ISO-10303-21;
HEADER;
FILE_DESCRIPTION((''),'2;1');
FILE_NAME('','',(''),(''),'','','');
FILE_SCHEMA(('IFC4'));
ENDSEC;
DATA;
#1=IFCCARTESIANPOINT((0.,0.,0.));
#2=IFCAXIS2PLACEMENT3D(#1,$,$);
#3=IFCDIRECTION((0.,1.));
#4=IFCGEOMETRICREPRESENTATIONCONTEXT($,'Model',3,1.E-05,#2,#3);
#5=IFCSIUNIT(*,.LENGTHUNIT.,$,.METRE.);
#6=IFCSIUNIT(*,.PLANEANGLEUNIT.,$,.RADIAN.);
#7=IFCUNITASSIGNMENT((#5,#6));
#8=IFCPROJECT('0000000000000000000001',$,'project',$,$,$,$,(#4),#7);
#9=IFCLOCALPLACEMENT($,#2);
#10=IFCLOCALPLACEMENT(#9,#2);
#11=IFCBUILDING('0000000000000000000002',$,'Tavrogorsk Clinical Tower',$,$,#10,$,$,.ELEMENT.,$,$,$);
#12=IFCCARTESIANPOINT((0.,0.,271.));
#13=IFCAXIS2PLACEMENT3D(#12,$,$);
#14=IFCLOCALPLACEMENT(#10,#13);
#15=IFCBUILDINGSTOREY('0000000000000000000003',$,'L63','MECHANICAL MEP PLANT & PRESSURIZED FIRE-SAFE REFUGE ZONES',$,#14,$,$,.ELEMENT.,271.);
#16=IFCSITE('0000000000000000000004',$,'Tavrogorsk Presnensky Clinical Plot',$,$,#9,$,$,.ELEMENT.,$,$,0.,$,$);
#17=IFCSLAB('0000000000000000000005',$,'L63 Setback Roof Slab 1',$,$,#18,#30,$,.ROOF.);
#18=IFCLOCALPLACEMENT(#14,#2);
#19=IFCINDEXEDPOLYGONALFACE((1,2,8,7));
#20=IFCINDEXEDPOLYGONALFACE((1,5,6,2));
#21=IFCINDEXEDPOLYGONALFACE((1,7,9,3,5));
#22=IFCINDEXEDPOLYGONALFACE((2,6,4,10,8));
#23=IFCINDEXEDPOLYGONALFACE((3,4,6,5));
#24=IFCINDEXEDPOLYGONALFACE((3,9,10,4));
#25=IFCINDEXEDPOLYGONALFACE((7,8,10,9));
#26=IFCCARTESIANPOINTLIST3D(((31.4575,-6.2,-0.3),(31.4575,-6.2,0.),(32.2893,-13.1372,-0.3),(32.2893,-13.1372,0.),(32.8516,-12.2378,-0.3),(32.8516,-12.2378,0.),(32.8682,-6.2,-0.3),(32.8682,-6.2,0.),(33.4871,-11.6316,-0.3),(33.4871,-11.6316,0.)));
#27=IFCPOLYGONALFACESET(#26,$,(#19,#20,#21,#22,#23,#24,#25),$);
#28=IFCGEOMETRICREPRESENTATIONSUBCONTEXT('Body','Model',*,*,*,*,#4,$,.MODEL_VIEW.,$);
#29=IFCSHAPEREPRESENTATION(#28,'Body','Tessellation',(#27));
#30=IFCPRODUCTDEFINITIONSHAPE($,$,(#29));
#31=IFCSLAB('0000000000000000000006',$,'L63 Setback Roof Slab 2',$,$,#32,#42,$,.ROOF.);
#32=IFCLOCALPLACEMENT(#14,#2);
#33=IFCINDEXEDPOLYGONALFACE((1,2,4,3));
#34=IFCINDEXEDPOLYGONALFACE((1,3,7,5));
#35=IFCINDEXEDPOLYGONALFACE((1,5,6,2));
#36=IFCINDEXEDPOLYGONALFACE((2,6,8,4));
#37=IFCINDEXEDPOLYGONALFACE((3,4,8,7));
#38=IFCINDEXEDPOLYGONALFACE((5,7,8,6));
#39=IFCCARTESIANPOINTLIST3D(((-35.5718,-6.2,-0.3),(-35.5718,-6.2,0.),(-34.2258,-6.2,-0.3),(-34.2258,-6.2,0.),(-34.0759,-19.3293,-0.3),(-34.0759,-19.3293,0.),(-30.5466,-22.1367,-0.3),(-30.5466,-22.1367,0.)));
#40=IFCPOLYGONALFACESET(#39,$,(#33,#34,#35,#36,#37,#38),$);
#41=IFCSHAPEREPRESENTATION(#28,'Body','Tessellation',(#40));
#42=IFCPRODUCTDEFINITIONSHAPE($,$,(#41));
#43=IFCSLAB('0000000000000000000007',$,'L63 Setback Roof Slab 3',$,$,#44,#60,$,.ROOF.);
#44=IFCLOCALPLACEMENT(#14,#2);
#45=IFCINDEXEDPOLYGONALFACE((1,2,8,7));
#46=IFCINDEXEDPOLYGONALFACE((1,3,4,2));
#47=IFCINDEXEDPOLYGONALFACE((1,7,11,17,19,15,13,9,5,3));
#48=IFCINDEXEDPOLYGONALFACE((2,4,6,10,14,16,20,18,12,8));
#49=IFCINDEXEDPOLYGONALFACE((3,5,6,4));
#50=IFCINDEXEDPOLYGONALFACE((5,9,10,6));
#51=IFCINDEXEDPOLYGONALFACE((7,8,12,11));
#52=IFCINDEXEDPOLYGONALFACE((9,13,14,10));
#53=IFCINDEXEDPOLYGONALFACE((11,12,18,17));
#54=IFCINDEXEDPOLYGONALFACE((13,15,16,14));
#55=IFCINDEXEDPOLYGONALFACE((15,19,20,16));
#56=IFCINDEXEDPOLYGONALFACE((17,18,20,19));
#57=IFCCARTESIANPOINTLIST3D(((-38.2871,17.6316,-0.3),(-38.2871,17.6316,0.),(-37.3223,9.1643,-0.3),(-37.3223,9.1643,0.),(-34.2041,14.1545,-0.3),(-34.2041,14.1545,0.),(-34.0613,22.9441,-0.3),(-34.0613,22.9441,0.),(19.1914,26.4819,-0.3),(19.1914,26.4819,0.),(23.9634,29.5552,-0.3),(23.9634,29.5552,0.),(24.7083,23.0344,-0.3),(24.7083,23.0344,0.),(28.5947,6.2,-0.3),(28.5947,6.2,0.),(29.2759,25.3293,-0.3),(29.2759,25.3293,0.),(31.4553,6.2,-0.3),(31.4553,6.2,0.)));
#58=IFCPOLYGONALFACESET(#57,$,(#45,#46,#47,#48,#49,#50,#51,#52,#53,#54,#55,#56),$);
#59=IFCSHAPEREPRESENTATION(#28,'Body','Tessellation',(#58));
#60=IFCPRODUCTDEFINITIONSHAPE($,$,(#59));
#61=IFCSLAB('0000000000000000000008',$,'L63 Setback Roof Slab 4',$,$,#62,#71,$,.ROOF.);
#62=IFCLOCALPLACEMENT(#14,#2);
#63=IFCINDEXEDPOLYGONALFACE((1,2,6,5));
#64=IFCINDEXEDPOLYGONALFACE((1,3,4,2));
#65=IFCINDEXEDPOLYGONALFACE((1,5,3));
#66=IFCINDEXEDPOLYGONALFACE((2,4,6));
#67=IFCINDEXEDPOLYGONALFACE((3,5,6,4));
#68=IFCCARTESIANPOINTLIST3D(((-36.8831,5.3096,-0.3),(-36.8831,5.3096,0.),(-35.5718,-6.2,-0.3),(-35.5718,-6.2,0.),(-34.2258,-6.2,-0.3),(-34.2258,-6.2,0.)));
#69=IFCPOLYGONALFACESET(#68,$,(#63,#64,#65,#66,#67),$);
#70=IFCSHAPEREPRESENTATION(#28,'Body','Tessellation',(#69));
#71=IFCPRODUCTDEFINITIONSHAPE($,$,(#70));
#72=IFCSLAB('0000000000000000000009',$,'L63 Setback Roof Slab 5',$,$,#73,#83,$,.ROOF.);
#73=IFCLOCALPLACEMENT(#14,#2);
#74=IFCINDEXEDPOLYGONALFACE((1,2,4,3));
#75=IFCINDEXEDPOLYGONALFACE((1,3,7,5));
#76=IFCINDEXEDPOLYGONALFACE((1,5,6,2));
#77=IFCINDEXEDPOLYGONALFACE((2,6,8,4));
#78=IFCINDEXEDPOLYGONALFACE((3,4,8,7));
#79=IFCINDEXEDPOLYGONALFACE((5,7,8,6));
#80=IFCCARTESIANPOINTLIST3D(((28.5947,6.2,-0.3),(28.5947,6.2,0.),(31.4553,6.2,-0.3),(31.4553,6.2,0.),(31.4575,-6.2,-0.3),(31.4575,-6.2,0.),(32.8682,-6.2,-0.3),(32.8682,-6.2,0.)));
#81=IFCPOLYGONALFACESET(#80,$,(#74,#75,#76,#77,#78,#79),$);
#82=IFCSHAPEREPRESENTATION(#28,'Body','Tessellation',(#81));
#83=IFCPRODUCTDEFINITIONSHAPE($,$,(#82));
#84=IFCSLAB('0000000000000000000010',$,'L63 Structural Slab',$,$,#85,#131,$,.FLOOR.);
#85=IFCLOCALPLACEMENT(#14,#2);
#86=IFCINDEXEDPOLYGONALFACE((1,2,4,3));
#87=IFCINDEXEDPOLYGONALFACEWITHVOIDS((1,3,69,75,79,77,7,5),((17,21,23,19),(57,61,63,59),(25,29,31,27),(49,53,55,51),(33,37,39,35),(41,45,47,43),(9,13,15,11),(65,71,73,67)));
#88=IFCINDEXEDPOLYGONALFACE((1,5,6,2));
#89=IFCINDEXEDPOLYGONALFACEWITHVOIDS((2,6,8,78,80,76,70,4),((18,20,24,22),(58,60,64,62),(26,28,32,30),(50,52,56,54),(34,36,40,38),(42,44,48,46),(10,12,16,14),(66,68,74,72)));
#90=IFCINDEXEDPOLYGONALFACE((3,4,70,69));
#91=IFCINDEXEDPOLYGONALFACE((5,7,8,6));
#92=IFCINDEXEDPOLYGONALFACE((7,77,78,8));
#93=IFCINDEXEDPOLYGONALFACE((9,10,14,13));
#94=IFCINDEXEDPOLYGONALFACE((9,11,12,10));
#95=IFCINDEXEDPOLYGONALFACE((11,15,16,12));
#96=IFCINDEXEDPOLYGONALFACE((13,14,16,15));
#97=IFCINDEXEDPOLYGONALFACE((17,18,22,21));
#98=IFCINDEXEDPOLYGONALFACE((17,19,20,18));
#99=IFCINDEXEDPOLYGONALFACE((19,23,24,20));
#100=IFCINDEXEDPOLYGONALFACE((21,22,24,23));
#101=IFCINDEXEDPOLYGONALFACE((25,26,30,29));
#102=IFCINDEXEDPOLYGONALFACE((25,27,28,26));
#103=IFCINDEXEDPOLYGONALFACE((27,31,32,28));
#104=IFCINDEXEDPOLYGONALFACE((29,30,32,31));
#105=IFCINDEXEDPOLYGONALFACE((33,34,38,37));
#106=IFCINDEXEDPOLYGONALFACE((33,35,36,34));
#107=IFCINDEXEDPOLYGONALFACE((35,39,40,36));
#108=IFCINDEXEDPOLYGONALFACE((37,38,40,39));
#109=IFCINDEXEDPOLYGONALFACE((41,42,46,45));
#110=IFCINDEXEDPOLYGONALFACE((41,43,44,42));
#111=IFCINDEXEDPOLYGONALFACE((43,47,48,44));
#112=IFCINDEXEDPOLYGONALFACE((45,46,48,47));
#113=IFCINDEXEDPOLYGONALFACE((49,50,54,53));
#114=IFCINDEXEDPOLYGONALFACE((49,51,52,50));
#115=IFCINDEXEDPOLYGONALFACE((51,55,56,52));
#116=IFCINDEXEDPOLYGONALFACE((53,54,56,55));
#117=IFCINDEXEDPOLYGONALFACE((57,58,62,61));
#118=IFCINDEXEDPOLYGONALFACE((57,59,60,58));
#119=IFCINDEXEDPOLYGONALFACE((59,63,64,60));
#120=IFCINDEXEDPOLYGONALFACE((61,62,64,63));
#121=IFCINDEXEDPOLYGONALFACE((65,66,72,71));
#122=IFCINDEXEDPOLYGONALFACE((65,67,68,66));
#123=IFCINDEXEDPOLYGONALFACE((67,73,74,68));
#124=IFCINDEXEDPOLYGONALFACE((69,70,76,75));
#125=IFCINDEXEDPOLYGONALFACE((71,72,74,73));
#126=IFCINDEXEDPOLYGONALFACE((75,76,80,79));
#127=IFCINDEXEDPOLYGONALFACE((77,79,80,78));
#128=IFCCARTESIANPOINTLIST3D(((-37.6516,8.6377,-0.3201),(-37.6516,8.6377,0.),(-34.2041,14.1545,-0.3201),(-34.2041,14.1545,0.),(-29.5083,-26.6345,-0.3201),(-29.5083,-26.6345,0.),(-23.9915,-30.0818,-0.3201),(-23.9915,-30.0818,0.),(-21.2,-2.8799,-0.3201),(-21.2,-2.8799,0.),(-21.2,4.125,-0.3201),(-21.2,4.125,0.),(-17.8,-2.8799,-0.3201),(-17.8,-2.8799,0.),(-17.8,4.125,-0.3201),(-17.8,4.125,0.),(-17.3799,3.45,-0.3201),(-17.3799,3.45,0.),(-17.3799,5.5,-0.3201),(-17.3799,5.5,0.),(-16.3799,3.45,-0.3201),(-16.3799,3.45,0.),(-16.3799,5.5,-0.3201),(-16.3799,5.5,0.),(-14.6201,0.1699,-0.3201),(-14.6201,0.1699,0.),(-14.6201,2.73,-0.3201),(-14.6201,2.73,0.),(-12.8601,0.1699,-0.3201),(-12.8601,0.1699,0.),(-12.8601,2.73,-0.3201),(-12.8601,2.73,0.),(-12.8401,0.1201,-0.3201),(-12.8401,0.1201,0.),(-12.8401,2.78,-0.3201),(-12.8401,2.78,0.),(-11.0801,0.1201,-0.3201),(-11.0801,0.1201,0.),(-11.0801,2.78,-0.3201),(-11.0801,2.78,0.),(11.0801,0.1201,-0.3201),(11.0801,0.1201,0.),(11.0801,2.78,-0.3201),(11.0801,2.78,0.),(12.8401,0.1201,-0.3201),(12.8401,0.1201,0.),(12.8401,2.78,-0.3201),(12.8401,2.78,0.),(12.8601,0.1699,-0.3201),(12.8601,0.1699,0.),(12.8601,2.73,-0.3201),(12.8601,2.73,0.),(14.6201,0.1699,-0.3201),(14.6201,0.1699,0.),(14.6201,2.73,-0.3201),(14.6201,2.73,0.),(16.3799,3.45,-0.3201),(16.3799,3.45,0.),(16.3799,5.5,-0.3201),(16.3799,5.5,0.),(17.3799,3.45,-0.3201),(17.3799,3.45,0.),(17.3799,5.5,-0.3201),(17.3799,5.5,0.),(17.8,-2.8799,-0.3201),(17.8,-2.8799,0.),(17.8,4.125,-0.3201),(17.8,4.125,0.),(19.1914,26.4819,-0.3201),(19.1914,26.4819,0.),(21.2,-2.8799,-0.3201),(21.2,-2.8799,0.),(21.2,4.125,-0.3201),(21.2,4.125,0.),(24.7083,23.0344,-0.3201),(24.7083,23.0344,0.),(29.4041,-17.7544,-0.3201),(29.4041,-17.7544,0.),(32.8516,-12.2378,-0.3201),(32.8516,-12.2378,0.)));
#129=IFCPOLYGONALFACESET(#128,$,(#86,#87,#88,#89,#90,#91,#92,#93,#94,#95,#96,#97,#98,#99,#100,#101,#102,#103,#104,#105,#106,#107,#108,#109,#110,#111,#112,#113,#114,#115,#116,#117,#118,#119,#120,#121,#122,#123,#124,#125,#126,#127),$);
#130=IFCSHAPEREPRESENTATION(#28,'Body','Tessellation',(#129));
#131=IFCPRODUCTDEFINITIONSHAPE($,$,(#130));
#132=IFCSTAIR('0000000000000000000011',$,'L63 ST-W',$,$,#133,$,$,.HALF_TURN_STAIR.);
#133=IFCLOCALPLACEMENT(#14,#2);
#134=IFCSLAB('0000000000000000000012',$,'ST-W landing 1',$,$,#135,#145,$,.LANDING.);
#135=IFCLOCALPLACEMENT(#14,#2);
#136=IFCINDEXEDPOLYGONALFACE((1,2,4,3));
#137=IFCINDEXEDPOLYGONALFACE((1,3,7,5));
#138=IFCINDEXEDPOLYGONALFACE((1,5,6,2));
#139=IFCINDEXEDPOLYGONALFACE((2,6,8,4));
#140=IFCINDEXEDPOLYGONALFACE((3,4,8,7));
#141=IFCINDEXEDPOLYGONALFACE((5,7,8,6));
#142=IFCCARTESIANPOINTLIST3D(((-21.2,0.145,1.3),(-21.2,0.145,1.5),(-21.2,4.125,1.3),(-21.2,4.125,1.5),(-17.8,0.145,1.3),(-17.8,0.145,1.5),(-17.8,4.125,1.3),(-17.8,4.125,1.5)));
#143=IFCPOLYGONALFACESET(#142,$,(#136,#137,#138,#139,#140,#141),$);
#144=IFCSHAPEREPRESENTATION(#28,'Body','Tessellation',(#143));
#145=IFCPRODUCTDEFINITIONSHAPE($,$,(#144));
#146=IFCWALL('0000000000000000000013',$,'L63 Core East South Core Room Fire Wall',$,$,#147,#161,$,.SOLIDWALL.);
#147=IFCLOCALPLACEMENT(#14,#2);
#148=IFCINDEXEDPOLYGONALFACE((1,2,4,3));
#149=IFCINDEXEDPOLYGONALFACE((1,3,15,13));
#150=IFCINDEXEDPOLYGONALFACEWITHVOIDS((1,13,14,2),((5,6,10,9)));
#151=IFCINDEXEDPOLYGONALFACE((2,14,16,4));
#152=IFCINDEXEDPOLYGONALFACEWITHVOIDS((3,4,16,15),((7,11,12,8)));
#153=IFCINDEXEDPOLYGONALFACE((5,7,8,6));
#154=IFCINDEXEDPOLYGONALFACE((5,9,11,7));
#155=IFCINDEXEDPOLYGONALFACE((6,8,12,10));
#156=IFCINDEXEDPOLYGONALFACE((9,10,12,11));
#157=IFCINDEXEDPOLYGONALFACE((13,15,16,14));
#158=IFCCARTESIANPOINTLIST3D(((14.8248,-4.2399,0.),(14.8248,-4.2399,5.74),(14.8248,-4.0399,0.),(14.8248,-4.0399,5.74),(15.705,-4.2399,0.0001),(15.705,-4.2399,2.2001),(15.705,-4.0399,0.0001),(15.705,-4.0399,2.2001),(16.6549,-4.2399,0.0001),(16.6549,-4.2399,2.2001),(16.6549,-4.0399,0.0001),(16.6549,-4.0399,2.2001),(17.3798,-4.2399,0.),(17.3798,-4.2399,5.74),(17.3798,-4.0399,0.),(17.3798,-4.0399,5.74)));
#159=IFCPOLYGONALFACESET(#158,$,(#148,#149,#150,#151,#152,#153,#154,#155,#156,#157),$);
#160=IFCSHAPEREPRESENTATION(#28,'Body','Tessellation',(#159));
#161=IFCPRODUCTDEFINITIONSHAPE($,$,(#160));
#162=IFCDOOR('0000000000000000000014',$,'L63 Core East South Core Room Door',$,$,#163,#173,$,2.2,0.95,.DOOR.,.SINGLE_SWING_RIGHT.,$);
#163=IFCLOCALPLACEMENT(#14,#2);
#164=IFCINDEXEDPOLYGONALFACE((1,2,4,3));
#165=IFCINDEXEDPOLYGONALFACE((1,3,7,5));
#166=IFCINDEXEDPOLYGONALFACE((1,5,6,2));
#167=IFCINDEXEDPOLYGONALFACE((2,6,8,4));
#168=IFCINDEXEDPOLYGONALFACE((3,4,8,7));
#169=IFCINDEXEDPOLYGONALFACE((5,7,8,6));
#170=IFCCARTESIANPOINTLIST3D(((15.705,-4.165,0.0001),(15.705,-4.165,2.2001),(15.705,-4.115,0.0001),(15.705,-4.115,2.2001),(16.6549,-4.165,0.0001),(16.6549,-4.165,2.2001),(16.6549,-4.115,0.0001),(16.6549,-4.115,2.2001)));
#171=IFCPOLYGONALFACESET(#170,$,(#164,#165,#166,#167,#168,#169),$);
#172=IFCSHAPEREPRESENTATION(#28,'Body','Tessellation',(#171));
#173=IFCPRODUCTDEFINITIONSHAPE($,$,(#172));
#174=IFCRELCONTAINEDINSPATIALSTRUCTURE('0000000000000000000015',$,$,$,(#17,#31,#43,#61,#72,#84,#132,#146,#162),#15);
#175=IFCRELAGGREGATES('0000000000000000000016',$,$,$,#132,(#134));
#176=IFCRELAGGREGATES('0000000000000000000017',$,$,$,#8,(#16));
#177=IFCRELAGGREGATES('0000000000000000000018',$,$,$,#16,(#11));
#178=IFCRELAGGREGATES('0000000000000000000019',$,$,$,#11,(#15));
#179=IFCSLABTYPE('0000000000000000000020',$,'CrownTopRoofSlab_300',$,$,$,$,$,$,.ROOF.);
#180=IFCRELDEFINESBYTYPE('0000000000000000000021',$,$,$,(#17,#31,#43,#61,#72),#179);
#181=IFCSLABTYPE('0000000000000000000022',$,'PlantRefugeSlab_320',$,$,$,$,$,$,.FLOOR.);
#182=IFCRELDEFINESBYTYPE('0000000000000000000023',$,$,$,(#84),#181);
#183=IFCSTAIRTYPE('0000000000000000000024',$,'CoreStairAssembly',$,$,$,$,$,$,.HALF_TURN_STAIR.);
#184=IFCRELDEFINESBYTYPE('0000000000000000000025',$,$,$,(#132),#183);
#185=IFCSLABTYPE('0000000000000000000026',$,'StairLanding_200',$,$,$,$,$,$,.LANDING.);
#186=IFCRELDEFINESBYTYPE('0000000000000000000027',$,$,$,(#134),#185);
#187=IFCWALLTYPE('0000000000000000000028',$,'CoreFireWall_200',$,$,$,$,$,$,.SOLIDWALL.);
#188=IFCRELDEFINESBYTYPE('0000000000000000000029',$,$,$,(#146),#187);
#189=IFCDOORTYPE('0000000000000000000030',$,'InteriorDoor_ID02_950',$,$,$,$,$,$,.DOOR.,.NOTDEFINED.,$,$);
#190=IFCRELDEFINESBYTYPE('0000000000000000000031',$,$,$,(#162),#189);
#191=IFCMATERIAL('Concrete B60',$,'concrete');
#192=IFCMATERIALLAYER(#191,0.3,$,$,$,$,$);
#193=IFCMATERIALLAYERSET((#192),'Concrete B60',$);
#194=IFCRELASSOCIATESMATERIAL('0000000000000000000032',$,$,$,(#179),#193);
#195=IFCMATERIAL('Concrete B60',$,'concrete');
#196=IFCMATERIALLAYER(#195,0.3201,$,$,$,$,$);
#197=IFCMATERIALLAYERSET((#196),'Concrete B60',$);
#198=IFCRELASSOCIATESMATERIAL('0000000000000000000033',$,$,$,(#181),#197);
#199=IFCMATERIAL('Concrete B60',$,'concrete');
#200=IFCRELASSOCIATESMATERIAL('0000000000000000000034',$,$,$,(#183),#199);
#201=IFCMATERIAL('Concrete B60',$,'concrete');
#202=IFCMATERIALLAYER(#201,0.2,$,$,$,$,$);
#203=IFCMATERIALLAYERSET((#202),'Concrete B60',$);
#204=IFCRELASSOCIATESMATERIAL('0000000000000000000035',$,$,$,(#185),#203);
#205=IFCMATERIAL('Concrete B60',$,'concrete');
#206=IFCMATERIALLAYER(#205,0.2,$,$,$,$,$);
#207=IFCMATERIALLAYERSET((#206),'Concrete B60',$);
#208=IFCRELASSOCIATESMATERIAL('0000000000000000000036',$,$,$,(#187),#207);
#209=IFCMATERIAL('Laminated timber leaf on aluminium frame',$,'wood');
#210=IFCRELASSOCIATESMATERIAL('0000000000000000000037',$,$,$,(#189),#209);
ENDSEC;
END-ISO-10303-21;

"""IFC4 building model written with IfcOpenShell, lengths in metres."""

from ifc_helpers import new_model, si_unit, direction, frame, frame_2d, origin, place, context, subcontext, project, spatial, polyline, rectangle, outline, extrude, material, layer, layer_set, type_object, element, fill, aggregate, save


model = new_model("IFC4")

# Units and contexts
model_context = context("Model", 3, precision=1e-05, world=origin(), true_north=direction((0.0, 1.0)))
body_context = subcontext(model_context, "Body", "Model", "MODEL_VIEW")
ifc_project = project(units=[si_unit("LENGTHUNIT", "METRE"), si_unit("PLANEANGLEUNIT", "RADIAN")], contexts=[model_context])

# Site, building, storey
site_placement = place(None, origin())
site = spatial("IfcSite", under=ifc_project, at=site_placement, Name="Tavrogorsk Presnensky Clinical Plot", CompositionType="ELEMENT", RefElevation=0.0)
building_placement = place(site_placement, origin())
building = spatial("IfcBuilding", under=site, at=building_placement, Name="Tavrogorsk Clinical Tower", CompositionType="ELEMENT")
storey_placement = place(building_placement, frame((0.0, 0.0, 271.0)))
storey = spatial("IfcBuildingStorey", under=building, at=storey_placement, Name="L63", Description="MECHANICAL MEP PLANT & PRESSURIZED FIRE-SAFE REFUGE ZONES", CompositionType="ELEMENT", Elevation=271.0)

# Slabs
ifc_material_1 = material(Name="Concrete B60", Category="concrete")
ifc_layer_1 = layer(ifc_material_1, 0.3)
ifc_layer_set_1 = layer_set([ifc_layer_1], Name="Concrete B60")
slab_type_1 = type_object("IfcSlabType", Name="CrownTopRoofSlab_300", PredefinedType="ROOF", material=ifc_layer_set_1)
slab_1_placement = place(storey_placement, frame((0.0, 0.0, -0.3)))
element("IfcSlab", 1, at=slab_1_placement, inside=storey, type_object=slab_type_1, Name="L63 Setback Roof Slab 1", PredefinedType="ROOF", context=body_context, shape_type="SweptSolid", body=[
    extrude(outline(polyline([(33.4871, -11.6316), (32.2893, -13.1372), (32.8516, -12.2378), (31.4575, -6.2), (32.8682, -6.2), (33.4871, -11.6316)])), origin(), (0.0, 0.0, 1.0), 0.3),
])
slab_2_placement = place(storey_placement, frame((0.0, 0.0, -0.3)))
element("IfcSlab", 2, at=slab_2_placement, inside=storey, type_object=slab_type_1, Name="L63 Setback Roof Slab 2", PredefinedType="ROOF", context=body_context, shape_type="SweptSolid", body=[
    extrude(outline(polyline([(-35.5718, -6.2), (-34.2258, -6.2), (-30.5466, -22.1367), (-34.0759, -19.3293), (-35.5718, -6.2)])), origin(), (0.0, 0.0, 1.0), 0.3),
])
slab_3_placement = place(storey_placement, frame((0.0, 0.0, -0.3)))
element("IfcSlab", 3, at=slab_3_placement, inside=storey, type_object=slab_type_1, Name="L63 Setback Roof Slab 3", PredefinedType="ROOF", context=body_context, shape_type="SweptSolid", body=[
    extrude(outline(polyline([(-34.0613, 22.9441), (23.9634, 29.5552), (29.2759, 25.3293), (31.4553, 6.2), (28.5947, 6.2), (24.7083, 23.0344), (19.1914, 26.4819), (-34.2041, 14.1545), (-37.3223, 9.1643), (-38.2871, 17.6316), (-34.0613, 22.9441)])), origin(), (0.0, 0.0, 1.0), 0.3),
])
slab_4_placement = place(storey_placement, frame((0.0, 0.0, -0.3)))
element("IfcSlab", 4, at=slab_4_placement, inside=storey, type_object=slab_type_1, Name="L63 Setback Roof Slab 4", PredefinedType="ROOF", context=body_context, shape_type="SweptSolid", body=[
    extrude(outline(polyline([(-36.8831, 5.3096), (-34.2258, -6.2), (-35.5718, -6.2), (-36.8831, 5.3096)])), origin(), (0.0, 0.0, 1.0), 0.3),
])
slab_5_placement = place(storey_placement, frame((0.0, 0.0, -0.3)))
element("IfcSlab", 5, at=slab_5_placement, inside=storey, type_object=slab_type_1, Name="L63 Setback Roof Slab 5", PredefinedType="ROOF", context=body_context, shape_type="SweptSolid", body=[
    extrude(outline(polyline([(32.8682, -6.2), (31.4575, -6.2), (28.5947, 6.2), (31.4553, 6.2), (32.8682, -6.2)])), origin(), (0.0, 0.0, 1.0), 0.3),
])
ifc_material_2 = material(Name="Concrete B60", Category="concrete")
ifc_layer_2 = layer(ifc_material_2, 0.3201)
ifc_layer_set_2 = layer_set([ifc_layer_2], Name="Concrete B60")
slab_type_2 = type_object("IfcSlabType", Name="PlantRefugeSlab_320", PredefinedType="FLOOR", material=ifc_layer_set_2)
slab_6_placement = place(storey_placement, frame((0.0, 0.0, -0.3201)))
element("IfcSlab", 6, at=slab_6_placement, inside=storey, type_object=slab_type_2, Name="L63 Structural Slab", PredefinedType="FLOOR", context=body_context, shape_type="SweptSolid", body=[
    extrude(outline(polyline([(-23.9915, -30.0818), (29.4041, -17.7544), (32.8516, -12.2378), (24.7083, 23.0344), (19.1914, 26.4819), (-34.2041, 14.1545), (-37.6516, 8.6377), (-29.5083, -26.6345), (-23.9915, -30.0818)]), holes=[polyline([(-17.8, -2.8799), (-17.8, 4.125), (-21.2, 4.125), (-21.2, -2.8799), (-17.8, -2.8799)]), polyline([(21.2, -2.8799), (21.2, 4.125), (17.8, 4.125), (17.8, -2.8799), (21.2, -2.8799)]), polyline([(-14.6201, 0.1699), (-12.8601, 0.1699), (-12.8601, 2.73), (-14.6201, 2.73), (-14.6201, 0.1699)]), polyline([(-12.8401, 0.1201), (-11.0801, 0.1201), (-11.0801, 2.78), (-12.8401, 2.78), (-12.8401, 0.1201)]), polyline([(12.8601, 0.1699), (14.6201, 0.1699), (14.6201, 2.73), (12.8601, 2.73), (12.8601, 0.1699)]), polyline([(11.0801, 0.1201), (12.8401, 0.1201), (12.8401, 2.78), (11.0801, 2.78), (11.0801, 0.1201)]), polyline([(-17.3799, 3.45), (-16.3799, 3.45), (-16.3799, 5.5), (-17.3799, 5.5), (-17.3799, 3.45)]), polyline([(16.3799, 3.45), (17.3799, 3.45), (17.3799, 5.5), (16.3799, 5.5), (16.3799, 3.45)])]), origin(), (0.0, 0.0, 1.0), 0.3201),
])

# Stair, slab
ifc_material_3 = material(Name="Concrete B60", Category="concrete")
stair_type = type_object("IfcStairType", Name="CoreStairAssembly", PredefinedType="HALF_TURN_STAIR", material=ifc_material_3)
stair_placement = place(storey_placement, origin())
stair = element("IfcStair", 7, at=stair_placement, inside=storey, type_object=stair_type, Name="L63 ST-W", PredefinedType="HALF_TURN_STAIR")
ifc_material_4 = material(Name="Concrete B60", Category="concrete")
ifc_layer_3 = layer(ifc_material_4, 0.2)
ifc_layer_set_3 = layer_set([ifc_layer_3], Name="Concrete B60")
slab_type_3 = type_object("IfcSlabType", Name="StairLanding_200", PredefinedType="LANDING", material=ifc_layer_set_3)
slab_7_placement = place(storey_placement, frame((0.0, 0.0, 1.3)))
slab_7 = element("IfcSlab", 8, at=slab_7_placement, type_object=slab_type_3, Name="ST-W landing 1", PredefinedType="LANDING", context=body_context, shape_type="SweptSolid", body=[
    extrude(outline(polyline([(-17.8, 0.145), (-17.8, 4.125), (-21.2, 4.125), (-21.2, 0.145), (-17.8, 0.145)])), origin(), (0.0, 0.0, 1.0), 0.2),
])
aggregate(stair, [slab_7])

# Wall, opening, door
ifc_material_5 = material(Name="Concrete B60", Category="concrete")
ifc_layer_4 = layer(ifc_material_5, 0.2)
ifc_layer_set_4 = layer_set([ifc_layer_4], Name="Concrete B60")
wall_type_1 = type_object("IfcWallType", Name="CoreFireWall_200", PredefinedType="SOLIDWALL", material=ifc_layer_set_4)
wall_1_placement = place(storey_placement, frame((14.825, -4.1399, 0.0), z_axis=(0.0, 0.0, 1.0), x_axis=(1.0, 0.0, 0.0)))
wall_1 = element("IfcWall", 9, at=wall_1_placement, inside=storey, type_object=wall_type_1, Name="L63 Core East South Core Room Fire Wall", PredefinedType="SOLIDWALL", context=body_context, shape_type="SweptSolid", body=[
    extrude(rectangle(XDim=2.5549, YDim=0.2, at=frame_2d((1.2773, 0.0))), origin(), (0.0, 0.0, 1.0), 5.74),
])
opening_1_placement = place(wall_1_placement, frame((0.8799, 0.0, 0.0)))
opening_1 = element("IfcOpeningElement", 10, at=opening_1_placement, cuts=wall_1, PredefinedType="OPENING", context=body_context, shape_type="SweptSolid", body=[
    extrude(rectangle(XDim=0.95, YDim=2.2, at=frame_2d((0.4751, 1.1001))), frame((0.0, 0.1099, 0.0), z_axis=(0.0, -1.0, 0.0), x_axis=(1.0, 0.0, 0.0)), (0.0, 0.0, 1.0), 0.22),
])
ifc_material_6 = material(Name="Laminated timber leaf on aluminium frame", Category="wood")
door_type_1 = type_object("IfcDoorType", Name="InteriorDoor_ID02_950", OperationType="NOTDEFINED", PredefinedType="DOOR", material=ifc_material_6)
door_1_placement = place(opening_1_placement, origin())
door_1 = element("IfcDoor", 11, at=door_1_placement, inside=storey, type_object=door_type_1, Name="L63 Core East South Core Room Door", OperationType="SINGLE_SWING_RIGHT", OverallHeight=2.2, OverallWidth=0.95, PredefinedType="DOOR", context=body_context, shape_type="SweptSolid", body=[
    extrude(rectangle(XDim=0.95, YDim=2.2, at=frame_2d((0.4751, 1.1001))), frame((0.0, 0.0249, 0.0), z_axis=(0.0, -1.0, 0.0), x_axis=(1.0, 0.0, 0.0)), (0.0, 0.0, 1.0), 0.05),
])
fill(opening_1, door_1)

save(model, "model.ifc")
